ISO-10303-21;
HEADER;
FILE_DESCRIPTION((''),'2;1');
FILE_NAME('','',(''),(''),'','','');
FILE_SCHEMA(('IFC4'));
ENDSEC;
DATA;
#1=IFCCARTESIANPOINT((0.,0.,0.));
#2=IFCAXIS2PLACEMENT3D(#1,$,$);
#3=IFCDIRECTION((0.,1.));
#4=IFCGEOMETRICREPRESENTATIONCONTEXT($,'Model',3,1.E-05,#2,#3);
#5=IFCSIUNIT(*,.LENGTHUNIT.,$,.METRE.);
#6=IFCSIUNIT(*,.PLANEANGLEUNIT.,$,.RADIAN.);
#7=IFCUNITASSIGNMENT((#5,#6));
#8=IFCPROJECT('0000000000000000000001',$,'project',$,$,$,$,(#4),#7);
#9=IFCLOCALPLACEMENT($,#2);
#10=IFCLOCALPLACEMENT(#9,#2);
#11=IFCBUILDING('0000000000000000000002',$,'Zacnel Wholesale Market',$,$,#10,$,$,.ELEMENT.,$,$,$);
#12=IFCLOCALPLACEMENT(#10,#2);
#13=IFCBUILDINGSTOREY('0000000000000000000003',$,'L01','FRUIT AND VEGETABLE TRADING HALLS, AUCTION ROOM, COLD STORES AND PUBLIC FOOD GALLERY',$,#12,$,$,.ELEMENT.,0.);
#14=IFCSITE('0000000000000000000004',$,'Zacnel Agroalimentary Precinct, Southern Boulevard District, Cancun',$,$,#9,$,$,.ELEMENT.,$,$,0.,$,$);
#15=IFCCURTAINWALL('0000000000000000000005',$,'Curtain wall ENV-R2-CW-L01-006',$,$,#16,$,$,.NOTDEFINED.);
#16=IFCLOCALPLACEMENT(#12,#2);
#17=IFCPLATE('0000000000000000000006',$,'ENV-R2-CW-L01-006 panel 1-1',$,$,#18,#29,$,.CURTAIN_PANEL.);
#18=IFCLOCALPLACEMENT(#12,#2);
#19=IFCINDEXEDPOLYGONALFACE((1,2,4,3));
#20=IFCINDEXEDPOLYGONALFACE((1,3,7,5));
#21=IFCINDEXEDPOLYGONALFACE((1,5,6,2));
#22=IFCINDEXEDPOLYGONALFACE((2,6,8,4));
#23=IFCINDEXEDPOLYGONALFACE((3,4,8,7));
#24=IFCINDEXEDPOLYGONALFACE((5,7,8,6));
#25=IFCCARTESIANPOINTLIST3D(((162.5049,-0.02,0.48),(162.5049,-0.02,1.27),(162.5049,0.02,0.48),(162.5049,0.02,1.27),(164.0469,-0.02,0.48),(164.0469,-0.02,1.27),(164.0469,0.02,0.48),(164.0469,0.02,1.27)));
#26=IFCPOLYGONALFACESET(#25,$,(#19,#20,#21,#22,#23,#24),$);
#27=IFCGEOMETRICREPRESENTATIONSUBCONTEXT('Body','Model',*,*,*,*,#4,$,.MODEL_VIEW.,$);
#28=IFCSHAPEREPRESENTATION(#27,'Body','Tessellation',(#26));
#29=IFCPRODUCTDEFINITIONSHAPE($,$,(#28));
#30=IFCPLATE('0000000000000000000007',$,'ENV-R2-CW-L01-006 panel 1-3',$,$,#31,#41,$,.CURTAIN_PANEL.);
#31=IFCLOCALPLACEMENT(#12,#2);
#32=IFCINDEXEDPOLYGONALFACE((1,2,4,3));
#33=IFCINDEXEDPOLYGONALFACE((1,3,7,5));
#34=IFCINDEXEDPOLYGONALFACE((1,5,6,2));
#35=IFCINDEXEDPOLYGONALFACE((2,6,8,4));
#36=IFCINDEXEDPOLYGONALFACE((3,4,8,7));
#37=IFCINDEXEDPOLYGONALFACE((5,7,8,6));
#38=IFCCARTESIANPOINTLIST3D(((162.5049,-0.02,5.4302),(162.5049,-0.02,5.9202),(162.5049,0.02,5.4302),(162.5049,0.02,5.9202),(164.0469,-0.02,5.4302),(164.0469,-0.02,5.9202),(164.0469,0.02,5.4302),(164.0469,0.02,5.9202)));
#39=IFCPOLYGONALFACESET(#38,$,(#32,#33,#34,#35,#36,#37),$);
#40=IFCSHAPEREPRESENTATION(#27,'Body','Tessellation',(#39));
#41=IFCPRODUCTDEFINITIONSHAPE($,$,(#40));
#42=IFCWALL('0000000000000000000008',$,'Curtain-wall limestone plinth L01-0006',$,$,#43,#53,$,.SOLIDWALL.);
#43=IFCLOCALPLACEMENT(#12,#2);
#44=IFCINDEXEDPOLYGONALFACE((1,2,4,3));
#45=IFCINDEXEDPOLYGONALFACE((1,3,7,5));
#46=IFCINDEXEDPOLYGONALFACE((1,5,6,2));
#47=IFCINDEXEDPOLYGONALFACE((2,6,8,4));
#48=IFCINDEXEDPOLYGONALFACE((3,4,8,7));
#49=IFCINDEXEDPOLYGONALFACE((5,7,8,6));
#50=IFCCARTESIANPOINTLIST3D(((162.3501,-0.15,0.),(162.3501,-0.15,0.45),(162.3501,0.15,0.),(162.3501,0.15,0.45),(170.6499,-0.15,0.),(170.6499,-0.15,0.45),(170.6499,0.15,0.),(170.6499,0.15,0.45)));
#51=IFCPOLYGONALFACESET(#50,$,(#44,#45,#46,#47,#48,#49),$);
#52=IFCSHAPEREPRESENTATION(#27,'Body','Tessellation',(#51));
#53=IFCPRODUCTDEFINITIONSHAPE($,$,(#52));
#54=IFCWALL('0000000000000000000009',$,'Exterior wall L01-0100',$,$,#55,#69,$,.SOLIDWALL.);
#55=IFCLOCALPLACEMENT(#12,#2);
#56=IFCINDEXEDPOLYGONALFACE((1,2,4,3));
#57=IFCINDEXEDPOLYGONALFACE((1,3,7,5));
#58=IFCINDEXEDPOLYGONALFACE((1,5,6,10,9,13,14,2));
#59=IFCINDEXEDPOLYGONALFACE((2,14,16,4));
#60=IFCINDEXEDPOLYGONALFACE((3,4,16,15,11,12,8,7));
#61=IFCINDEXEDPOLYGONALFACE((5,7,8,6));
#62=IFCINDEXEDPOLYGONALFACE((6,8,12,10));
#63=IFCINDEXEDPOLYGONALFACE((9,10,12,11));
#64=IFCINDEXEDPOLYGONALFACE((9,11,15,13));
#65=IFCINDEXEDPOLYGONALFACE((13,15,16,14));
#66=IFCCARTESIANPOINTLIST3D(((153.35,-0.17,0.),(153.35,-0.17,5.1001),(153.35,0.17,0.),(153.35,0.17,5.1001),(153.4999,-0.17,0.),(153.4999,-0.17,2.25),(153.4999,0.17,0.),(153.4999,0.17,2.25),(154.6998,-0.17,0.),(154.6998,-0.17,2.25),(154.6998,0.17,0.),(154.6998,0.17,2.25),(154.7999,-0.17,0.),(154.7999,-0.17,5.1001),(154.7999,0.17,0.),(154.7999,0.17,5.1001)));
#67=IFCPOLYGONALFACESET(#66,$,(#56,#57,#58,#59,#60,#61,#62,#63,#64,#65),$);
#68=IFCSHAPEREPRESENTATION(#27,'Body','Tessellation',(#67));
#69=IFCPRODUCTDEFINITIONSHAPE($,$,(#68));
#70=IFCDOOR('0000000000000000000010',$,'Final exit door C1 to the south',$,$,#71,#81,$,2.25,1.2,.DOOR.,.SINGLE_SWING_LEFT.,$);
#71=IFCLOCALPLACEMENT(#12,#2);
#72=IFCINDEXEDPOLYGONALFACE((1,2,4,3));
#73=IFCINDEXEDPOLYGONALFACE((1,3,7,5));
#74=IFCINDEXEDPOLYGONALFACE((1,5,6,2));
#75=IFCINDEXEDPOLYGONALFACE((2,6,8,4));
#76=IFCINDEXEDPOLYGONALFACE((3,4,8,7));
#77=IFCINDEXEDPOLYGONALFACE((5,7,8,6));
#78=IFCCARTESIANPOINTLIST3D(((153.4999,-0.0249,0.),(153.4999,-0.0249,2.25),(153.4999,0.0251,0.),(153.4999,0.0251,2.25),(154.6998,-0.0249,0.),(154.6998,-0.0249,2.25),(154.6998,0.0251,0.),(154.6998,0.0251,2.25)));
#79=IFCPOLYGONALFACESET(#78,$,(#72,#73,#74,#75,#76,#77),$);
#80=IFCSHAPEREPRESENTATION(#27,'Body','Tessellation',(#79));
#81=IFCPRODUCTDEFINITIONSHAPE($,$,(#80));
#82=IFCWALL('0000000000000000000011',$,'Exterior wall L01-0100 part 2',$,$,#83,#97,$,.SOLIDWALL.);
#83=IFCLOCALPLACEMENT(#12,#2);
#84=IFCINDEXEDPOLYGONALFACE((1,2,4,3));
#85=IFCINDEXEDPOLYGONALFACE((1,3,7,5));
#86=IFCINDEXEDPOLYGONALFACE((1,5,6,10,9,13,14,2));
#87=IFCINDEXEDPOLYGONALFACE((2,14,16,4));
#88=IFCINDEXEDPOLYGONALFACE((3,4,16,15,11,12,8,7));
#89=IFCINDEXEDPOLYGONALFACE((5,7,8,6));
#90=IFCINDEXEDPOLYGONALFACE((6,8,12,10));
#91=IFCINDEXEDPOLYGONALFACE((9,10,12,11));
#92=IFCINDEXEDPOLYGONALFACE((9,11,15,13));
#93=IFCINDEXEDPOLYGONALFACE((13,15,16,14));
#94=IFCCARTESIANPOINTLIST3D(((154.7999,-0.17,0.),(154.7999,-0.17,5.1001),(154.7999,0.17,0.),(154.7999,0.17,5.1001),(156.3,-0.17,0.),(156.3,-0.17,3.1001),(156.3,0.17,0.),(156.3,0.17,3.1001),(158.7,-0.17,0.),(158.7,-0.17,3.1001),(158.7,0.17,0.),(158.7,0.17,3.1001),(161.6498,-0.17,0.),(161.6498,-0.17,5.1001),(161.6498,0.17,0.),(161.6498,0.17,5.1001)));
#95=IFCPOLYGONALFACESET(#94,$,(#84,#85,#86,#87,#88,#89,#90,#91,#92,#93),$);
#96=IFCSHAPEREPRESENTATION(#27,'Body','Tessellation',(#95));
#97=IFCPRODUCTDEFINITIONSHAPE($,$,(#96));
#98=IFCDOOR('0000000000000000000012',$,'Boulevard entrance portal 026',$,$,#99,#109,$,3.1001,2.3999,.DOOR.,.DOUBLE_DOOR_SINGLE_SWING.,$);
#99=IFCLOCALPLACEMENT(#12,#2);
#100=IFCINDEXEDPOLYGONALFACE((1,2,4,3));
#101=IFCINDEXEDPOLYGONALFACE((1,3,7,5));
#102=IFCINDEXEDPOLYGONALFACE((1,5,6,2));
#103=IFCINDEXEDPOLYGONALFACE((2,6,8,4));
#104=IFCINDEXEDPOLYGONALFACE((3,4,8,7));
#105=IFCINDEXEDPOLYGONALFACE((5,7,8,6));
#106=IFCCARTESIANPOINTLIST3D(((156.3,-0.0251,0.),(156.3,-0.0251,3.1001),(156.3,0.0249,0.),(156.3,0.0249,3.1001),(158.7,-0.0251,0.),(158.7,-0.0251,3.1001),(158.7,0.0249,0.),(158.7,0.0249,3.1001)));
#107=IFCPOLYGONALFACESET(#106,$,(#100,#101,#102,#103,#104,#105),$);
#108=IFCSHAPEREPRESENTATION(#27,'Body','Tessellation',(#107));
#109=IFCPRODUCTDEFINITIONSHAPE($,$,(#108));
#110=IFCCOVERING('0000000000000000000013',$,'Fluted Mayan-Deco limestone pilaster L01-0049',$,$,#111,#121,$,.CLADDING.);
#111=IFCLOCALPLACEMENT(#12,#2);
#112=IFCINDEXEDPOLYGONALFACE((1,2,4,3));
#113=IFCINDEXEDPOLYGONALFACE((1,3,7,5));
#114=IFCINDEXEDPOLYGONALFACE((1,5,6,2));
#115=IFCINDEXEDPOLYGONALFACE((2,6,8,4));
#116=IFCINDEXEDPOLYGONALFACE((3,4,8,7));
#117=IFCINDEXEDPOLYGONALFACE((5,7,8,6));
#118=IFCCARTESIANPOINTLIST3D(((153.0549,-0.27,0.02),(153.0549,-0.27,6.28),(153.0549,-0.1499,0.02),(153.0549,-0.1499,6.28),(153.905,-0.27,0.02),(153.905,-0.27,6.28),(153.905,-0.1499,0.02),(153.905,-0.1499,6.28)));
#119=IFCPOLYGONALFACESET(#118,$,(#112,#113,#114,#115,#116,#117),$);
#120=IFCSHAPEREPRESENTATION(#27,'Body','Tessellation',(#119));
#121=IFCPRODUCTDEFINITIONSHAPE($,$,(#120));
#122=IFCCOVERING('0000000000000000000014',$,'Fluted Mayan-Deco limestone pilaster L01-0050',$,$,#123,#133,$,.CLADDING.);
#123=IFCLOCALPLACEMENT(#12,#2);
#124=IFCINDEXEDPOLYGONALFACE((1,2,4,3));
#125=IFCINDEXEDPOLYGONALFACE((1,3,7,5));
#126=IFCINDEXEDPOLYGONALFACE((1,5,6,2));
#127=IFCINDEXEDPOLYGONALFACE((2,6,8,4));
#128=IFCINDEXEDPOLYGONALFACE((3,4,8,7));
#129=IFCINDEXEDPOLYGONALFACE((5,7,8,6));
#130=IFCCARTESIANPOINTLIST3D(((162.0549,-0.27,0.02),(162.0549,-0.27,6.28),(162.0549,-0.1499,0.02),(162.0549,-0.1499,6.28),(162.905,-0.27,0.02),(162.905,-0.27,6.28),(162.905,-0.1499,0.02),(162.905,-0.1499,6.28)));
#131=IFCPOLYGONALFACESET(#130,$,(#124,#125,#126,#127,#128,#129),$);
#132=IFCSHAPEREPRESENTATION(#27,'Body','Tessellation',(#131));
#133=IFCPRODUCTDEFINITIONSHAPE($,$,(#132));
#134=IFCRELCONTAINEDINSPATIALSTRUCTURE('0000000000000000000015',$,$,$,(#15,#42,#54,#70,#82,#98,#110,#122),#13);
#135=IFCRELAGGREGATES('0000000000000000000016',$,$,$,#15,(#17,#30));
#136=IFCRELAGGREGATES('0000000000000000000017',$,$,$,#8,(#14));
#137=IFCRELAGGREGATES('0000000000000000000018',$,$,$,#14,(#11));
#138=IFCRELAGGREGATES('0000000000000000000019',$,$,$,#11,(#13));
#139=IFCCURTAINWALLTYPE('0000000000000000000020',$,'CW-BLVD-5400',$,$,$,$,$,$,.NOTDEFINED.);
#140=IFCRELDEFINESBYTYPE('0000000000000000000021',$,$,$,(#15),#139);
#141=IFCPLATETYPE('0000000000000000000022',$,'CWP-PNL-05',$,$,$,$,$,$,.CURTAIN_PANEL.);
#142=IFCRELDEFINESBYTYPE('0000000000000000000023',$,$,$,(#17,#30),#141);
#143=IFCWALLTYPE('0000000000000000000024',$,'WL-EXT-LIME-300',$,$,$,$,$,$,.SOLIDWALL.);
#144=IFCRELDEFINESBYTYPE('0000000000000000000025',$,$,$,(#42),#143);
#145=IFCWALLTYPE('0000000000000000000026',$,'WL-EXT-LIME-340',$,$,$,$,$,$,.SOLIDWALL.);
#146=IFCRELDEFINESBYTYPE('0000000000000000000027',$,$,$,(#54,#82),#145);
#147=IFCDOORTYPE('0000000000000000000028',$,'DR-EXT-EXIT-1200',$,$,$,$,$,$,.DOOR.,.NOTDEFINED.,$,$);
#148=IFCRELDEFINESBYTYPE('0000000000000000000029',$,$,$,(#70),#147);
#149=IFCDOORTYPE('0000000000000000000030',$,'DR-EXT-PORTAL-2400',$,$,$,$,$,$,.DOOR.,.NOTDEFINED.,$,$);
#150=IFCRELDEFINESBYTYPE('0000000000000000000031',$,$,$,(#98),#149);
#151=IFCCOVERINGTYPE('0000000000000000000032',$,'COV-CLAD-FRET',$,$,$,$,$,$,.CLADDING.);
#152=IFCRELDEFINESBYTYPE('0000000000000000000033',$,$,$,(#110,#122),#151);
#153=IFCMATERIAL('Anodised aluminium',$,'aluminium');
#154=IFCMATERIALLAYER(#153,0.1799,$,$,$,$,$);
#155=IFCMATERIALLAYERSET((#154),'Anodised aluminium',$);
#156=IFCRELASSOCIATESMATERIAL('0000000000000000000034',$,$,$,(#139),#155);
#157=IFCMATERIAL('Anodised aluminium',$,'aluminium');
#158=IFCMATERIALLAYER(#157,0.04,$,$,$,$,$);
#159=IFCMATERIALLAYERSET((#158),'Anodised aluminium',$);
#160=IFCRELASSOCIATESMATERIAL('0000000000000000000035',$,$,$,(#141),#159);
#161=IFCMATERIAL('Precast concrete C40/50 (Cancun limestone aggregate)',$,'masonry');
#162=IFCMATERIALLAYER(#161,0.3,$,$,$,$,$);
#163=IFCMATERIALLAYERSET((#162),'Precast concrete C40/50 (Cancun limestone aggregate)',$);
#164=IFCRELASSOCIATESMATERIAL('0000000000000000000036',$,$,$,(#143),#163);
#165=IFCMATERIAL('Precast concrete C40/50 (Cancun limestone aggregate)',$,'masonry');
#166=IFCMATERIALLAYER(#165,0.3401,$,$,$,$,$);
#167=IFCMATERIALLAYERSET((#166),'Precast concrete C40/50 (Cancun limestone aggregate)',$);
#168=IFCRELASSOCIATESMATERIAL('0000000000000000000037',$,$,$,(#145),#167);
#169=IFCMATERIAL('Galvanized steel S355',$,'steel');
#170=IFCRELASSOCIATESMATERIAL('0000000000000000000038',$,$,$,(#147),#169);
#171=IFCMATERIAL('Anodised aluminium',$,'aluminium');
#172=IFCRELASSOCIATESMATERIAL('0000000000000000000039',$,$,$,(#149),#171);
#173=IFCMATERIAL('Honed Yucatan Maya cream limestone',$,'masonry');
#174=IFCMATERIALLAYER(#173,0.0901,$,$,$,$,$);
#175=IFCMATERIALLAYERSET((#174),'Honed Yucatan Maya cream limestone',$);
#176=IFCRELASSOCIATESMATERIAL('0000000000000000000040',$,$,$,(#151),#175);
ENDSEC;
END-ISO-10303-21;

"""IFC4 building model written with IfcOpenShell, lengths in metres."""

from ifc_helpers import new_model, si_unit, direction, frame, frame_2d, origin, origin_2d, place, context, subcontext, project, spatial, rectangle, extrude, material, layer, layer_set, type_object, element, fill, aggregate, save


model = new_model("IFC4")

# Units and contexts
model_context = context("Model", 3, precision=1e-05, world=origin(), true_north=direction((0.0, 1.0)))
body_context = subcontext(model_context, "Body", "Model", "MODEL_VIEW")
ifc_project = project(units=[si_unit("LENGTHUNIT", "METRE"), si_unit("PLANEANGLEUNIT", "RADIAN")], contexts=[model_context])

# Site, building, storey
site_placement = place(None, origin())
site = spatial("IfcSite", under=ifc_project, at=site_placement, Name="Zacnel Agroalimentary Precinct, Southern Boulevard District, Cancun", CompositionType="ELEMENT", RefElevation=0.0)
building_placement = place(site_placement, origin())
building = spatial("IfcBuilding", under=site, at=building_placement, Name="Zacnel Wholesale Market", CompositionType="ELEMENT")
storey_placement = place(building_placement, origin())
storey = spatial("IfcBuildingStorey", under=building, at=storey_placement, Name="L01", Description="FRUIT AND VEGETABLE TRADING HALLS, AUCTION ROOM, COLD STORES AND PUBLIC FOOD GALLERY", CompositionType="ELEMENT", Elevation=0.0)

# Curtain wall, plates
ifc_material_1 = material(Name="Anodised aluminium", Category="aluminium")
ifc_layer_1 = layer(ifc_material_1, 0.1799)
ifc_layer_set_1 = layer_set([ifc_layer_1], Name="Anodised aluminium")
curtain_wall_type = type_object("IfcCurtainWallType", Name="CW-BLVD-5400", PredefinedType="NOTDEFINED", material=ifc_layer_set_1)
curtain_wall_placement = place(storey_placement, origin())
curtain_wall = element("IfcCurtainWall", 1, at=curtain_wall_placement, inside=storey, type_object=curtain_wall_type, Name="Curtain wall ENV-R2-CW-L01-006", PredefinedType="NOTDEFINED")
ifc_material_2 = material(Name="Anodised aluminium", Category="aluminium")
ifc_layer_2 = layer(ifc_material_2, 0.04)
ifc_layer_set_2 = layer_set([ifc_layer_2], Name="Anodised aluminium")
plate_type_1 = type_object("IfcPlateType", Name="CWP-PNL-05", PredefinedType="CURTAIN_PANEL", material=ifc_layer_set_2)
plate_1_placement = place(storey_placement, frame((163.2759, 0.0, 0.48), z_axis=(0.0, 0.0, 1.0), x_axis=(1.0, 0.0, 0.0)))
plate_1 = element("IfcPlate", 2, at=plate_1_placement, type_object=plate_type_1, Name="ENV-R2-CW-L01-006 panel 1-1", PredefinedType="CURTAIN_PANEL", context=body_context, shape_type="SweptSolid", body=[
    extrude(rectangle(XDim=1.542, YDim=0.04, at=origin_2d()), origin(), (0.0, 0.0, 1.0), 0.79),
])
plate_2_placement = place(storey_placement, frame((163.2759, 0.0, 5.4302), z_axis=(0.0, 0.0, 1.0), x_axis=(1.0, 0.0, 0.0)))
plate_2 = element("IfcPlate", 3, at=plate_2_placement, type_object=plate_type_1, Name="ENV-R2-CW-L01-006 panel 1-3", PredefinedType="CURTAIN_PANEL", context=body_context, shape_type="SweptSolid", body=[
    extrude(rectangle(XDim=1.542, YDim=0.04, at=origin_2d()), origin(), (0.0, 0.0, 1.0), 0.49),
])
aggregate(curtain_wall, [plate_1, plate_2])

# Wall
ifc_material_3 = material(Name="Precast concrete C40/50 (Cancun limestone aggregate)", Category="masonry")
ifc_layer_3 = layer(ifc_material_3, 0.3)
ifc_layer_set_3 = layer_set([ifc_layer_3], Name="Precast concrete C40/50 (Cancun limestone aggregate)")
wall_type_1 = type_object("IfcWallType", Name="WL-EXT-LIME-300", PredefinedType="SOLIDWALL", material=ifc_layer_set_3)
wall_1_placement = place(storey_placement, frame((162.3501, 0.0, 0.0), z_axis=(0.0, 0.0, 1.0), x_axis=(1.0, 0.0, 0.0)))
element("IfcWall", 4, at=wall_1_placement, inside=storey, type_object=wall_type_1, Name="Curtain-wall limestone plinth L01-0006", PredefinedType="SOLIDWALL", context=body_context, shape_type="SweptSolid", body=[
    extrude(rectangle(XDim=8.2998, YDim=0.3, at=frame_2d((4.1499, 0.0))), origin(), (0.0, 0.0, 1.0), 0.45),
])

# Walls, openings, doors
ifc_material_4 = material(Name="Precast concrete C40/50 (Cancun limestone aggregate)", Category="masonry")
ifc_layer_4 = layer(ifc_material_4, 0.3401)
ifc_layer_set_4 = layer_set([ifc_layer_4], Name="Precast concrete C40/50 (Cancun limestone aggregate)")
wall_type_2 = type_object("IfcWallType", Name="WL-EXT-LIME-340", PredefinedType="SOLIDWALL", material=ifc_layer_set_4)
wall_2_placement = place(storey_placement, frame((154.8, 0.0, 0.0), z_axis=(0.0, 0.0, 1.0), x_axis=(-1.0, 0.0, 0.0)))
wall_2 = element("IfcWall", 5, at=wall_2_placement, inside=storey, type_object=wall_type_2, Name="Exterior wall L01-0100", PredefinedType="SOLIDWALL", context=body_context, shape_type="SweptSolid", body=[
    extrude(rectangle(XDim=1.45, YDim=0.3401, at=frame_2d((0.7251, 0.0))), origin(), (0.0, 0.0, 1.0), 5.1001),
])
opening_1_placement = place(wall_2_placement, frame((0.1001, 0.0, 0.0)))
opening_1 = element("IfcOpeningElement", 6, at=opening_1_placement, cuts=wall_2, PredefinedType="OPENING", context=body_context, shape_type="SweptSolid", body=[
    extrude(rectangle(XDim=1.2, YDim=2.25, at=frame_2d((0.6001, 1.125))), frame((0.0, 0.1799, 0.0), z_axis=(0.0, -1.0, 0.0), x_axis=(1.0, 0.0, 0.0)), (0.0, 0.0, 1.0), 0.3601),
])
ifc_material_5 = material(Name="Galvanized steel S355", Category="steel")
door_type_1 = type_object("IfcDoorType", Name="DR-EXT-EXIT-1200", OperationType="NOTDEFINED", PredefinedType="DOOR", material=ifc_material_5)
door_1_placement = place(opening_1_placement, origin())
door_1 = element("IfcDoor", 7, at=door_1_placement, inside=storey, type_object=door_type_1, Name="Final exit door C1 to the south", OperationType="SINGLE_SWING_LEFT", OverallHeight=2.25, OverallWidth=1.2, PredefinedType="DOOR", context=body_context, shape_type="SweptSolid", body=[
    extrude(rectangle(XDim=1.2, YDim=2.25, at=frame_2d((0.6001, 1.125))), frame((0.0, 0.0249, 0.0), z_axis=(0.0, -1.0, 0.0), x_axis=(1.0, 0.0, 0.0)), (0.0, 0.0, 1.0), 0.05),
])
fill(opening_1, door_1)
wall_3_placement = place(storey_placement, frame((154.8, 0.0, 0.0), z_axis=(0.0, 0.0, 1.0), x_axis=(1.0, 0.0, 0.0)))
wall_3 = element("IfcWall", 8, at=wall_3_placement, inside=storey, type_object=wall_type_2, Name="Exterior wall L01-0100 part 2", PredefinedType="SOLIDWALL", context=body_context, shape_type="SweptSolid", body=[
    extrude(rectangle(XDim=6.8499, YDim=0.3401, at=frame_2d((3.4248, 0.0))), origin(), (0.0, 0.0, 1.0), 5.1001),
])
opening_2_placement = place(wall_3_placement, frame((1.5, 0.0, 0.0)))
opening_2 = element("IfcOpeningElement", 9, at=opening_2_placement, cuts=wall_3, PredefinedType="OPENING", context=body_context, shape_type="SweptSolid", body=[
    extrude(rectangle(XDim=2.3999, YDim=3.1001, at=frame_2d((1.2, 1.55))), frame((0.0, 0.1799, 0.0), z_axis=(0.0, -1.0, 0.0), x_axis=(1.0, 0.0, 0.0)), (0.0, 0.0, 1.0), 0.3601),
])
ifc_material_6 = material(Name="Anodised aluminium", Category="aluminium")
door_type_2 = type_object("IfcDoorType", Name="DR-EXT-PORTAL-2400", OperationType="NOTDEFINED", PredefinedType="DOOR", material=ifc_material_6)
door_2_placement = place(opening_2_placement, origin())
door_2 = element("IfcDoor", 10, at=door_2_placement, inside=storey, type_object=door_type_2, Name="Boulevard entrance portal 026", OperationType="DOUBLE_DOOR_SINGLE_SWING", OverallHeight=3.1001, OverallWidth=2.3999, PredefinedType="DOOR", context=body_context, shape_type="SweptSolid", body=[
    extrude(rectangle(XDim=2.3999, YDim=3.1001, at=frame_2d((1.2, 1.55))), frame((0.0, 0.0249, 0.0), z_axis=(0.0, -1.0, 0.0), x_axis=(1.0, 0.0, 0.0)), (0.0, 0.0, 1.0), 0.05),
])
fill(opening_2, door_2)

# Coverings
ifc_material_7 = material(Name="Honed Yucatan Maya cream limestone", Category="masonry")
ifc_layer_5 = layer(ifc_material_7, 0.0901)
ifc_layer_set_5 = layer_set([ifc_layer_5], Name="Honed Yucatan Maya cream limestone")
covering_type = type_object("IfcCoveringType", Name="COV-CLAD-FRET", PredefinedType="CLADDING", material=ifc_layer_set_5)
for number, where, z_axis, x_axis, name in (
    (11, (153.48, -0.21, 0.02), (0.0, 0.0, 1.0), (1.0, 0.0, 0.0), "Fluted Mayan-Deco limestone pilaster L01-0049"),
    (12, (162.48, -0.21, 0.02), (0.0, 0.0, 1.0), (1.0, 0.0, 0.0), "Fluted Mayan-Deco limestone pilaster L01-0050"),
):
    element("IfcCovering", number, at=place(storey_placement, frame(where, z_axis=z_axis, x_axis=x_axis)), inside=storey, type_object=covering_type, Name=name, PredefinedType="CLADDING", context=body_context, shape_type="SweptSolid", body=[
        extrude(rectangle(XDim=0.8501, YDim=0.1201, at=origin_2d()), origin(), (0.0, 0.0, 1.0), 6.26),
    ])

save(model, "model.ifc")
